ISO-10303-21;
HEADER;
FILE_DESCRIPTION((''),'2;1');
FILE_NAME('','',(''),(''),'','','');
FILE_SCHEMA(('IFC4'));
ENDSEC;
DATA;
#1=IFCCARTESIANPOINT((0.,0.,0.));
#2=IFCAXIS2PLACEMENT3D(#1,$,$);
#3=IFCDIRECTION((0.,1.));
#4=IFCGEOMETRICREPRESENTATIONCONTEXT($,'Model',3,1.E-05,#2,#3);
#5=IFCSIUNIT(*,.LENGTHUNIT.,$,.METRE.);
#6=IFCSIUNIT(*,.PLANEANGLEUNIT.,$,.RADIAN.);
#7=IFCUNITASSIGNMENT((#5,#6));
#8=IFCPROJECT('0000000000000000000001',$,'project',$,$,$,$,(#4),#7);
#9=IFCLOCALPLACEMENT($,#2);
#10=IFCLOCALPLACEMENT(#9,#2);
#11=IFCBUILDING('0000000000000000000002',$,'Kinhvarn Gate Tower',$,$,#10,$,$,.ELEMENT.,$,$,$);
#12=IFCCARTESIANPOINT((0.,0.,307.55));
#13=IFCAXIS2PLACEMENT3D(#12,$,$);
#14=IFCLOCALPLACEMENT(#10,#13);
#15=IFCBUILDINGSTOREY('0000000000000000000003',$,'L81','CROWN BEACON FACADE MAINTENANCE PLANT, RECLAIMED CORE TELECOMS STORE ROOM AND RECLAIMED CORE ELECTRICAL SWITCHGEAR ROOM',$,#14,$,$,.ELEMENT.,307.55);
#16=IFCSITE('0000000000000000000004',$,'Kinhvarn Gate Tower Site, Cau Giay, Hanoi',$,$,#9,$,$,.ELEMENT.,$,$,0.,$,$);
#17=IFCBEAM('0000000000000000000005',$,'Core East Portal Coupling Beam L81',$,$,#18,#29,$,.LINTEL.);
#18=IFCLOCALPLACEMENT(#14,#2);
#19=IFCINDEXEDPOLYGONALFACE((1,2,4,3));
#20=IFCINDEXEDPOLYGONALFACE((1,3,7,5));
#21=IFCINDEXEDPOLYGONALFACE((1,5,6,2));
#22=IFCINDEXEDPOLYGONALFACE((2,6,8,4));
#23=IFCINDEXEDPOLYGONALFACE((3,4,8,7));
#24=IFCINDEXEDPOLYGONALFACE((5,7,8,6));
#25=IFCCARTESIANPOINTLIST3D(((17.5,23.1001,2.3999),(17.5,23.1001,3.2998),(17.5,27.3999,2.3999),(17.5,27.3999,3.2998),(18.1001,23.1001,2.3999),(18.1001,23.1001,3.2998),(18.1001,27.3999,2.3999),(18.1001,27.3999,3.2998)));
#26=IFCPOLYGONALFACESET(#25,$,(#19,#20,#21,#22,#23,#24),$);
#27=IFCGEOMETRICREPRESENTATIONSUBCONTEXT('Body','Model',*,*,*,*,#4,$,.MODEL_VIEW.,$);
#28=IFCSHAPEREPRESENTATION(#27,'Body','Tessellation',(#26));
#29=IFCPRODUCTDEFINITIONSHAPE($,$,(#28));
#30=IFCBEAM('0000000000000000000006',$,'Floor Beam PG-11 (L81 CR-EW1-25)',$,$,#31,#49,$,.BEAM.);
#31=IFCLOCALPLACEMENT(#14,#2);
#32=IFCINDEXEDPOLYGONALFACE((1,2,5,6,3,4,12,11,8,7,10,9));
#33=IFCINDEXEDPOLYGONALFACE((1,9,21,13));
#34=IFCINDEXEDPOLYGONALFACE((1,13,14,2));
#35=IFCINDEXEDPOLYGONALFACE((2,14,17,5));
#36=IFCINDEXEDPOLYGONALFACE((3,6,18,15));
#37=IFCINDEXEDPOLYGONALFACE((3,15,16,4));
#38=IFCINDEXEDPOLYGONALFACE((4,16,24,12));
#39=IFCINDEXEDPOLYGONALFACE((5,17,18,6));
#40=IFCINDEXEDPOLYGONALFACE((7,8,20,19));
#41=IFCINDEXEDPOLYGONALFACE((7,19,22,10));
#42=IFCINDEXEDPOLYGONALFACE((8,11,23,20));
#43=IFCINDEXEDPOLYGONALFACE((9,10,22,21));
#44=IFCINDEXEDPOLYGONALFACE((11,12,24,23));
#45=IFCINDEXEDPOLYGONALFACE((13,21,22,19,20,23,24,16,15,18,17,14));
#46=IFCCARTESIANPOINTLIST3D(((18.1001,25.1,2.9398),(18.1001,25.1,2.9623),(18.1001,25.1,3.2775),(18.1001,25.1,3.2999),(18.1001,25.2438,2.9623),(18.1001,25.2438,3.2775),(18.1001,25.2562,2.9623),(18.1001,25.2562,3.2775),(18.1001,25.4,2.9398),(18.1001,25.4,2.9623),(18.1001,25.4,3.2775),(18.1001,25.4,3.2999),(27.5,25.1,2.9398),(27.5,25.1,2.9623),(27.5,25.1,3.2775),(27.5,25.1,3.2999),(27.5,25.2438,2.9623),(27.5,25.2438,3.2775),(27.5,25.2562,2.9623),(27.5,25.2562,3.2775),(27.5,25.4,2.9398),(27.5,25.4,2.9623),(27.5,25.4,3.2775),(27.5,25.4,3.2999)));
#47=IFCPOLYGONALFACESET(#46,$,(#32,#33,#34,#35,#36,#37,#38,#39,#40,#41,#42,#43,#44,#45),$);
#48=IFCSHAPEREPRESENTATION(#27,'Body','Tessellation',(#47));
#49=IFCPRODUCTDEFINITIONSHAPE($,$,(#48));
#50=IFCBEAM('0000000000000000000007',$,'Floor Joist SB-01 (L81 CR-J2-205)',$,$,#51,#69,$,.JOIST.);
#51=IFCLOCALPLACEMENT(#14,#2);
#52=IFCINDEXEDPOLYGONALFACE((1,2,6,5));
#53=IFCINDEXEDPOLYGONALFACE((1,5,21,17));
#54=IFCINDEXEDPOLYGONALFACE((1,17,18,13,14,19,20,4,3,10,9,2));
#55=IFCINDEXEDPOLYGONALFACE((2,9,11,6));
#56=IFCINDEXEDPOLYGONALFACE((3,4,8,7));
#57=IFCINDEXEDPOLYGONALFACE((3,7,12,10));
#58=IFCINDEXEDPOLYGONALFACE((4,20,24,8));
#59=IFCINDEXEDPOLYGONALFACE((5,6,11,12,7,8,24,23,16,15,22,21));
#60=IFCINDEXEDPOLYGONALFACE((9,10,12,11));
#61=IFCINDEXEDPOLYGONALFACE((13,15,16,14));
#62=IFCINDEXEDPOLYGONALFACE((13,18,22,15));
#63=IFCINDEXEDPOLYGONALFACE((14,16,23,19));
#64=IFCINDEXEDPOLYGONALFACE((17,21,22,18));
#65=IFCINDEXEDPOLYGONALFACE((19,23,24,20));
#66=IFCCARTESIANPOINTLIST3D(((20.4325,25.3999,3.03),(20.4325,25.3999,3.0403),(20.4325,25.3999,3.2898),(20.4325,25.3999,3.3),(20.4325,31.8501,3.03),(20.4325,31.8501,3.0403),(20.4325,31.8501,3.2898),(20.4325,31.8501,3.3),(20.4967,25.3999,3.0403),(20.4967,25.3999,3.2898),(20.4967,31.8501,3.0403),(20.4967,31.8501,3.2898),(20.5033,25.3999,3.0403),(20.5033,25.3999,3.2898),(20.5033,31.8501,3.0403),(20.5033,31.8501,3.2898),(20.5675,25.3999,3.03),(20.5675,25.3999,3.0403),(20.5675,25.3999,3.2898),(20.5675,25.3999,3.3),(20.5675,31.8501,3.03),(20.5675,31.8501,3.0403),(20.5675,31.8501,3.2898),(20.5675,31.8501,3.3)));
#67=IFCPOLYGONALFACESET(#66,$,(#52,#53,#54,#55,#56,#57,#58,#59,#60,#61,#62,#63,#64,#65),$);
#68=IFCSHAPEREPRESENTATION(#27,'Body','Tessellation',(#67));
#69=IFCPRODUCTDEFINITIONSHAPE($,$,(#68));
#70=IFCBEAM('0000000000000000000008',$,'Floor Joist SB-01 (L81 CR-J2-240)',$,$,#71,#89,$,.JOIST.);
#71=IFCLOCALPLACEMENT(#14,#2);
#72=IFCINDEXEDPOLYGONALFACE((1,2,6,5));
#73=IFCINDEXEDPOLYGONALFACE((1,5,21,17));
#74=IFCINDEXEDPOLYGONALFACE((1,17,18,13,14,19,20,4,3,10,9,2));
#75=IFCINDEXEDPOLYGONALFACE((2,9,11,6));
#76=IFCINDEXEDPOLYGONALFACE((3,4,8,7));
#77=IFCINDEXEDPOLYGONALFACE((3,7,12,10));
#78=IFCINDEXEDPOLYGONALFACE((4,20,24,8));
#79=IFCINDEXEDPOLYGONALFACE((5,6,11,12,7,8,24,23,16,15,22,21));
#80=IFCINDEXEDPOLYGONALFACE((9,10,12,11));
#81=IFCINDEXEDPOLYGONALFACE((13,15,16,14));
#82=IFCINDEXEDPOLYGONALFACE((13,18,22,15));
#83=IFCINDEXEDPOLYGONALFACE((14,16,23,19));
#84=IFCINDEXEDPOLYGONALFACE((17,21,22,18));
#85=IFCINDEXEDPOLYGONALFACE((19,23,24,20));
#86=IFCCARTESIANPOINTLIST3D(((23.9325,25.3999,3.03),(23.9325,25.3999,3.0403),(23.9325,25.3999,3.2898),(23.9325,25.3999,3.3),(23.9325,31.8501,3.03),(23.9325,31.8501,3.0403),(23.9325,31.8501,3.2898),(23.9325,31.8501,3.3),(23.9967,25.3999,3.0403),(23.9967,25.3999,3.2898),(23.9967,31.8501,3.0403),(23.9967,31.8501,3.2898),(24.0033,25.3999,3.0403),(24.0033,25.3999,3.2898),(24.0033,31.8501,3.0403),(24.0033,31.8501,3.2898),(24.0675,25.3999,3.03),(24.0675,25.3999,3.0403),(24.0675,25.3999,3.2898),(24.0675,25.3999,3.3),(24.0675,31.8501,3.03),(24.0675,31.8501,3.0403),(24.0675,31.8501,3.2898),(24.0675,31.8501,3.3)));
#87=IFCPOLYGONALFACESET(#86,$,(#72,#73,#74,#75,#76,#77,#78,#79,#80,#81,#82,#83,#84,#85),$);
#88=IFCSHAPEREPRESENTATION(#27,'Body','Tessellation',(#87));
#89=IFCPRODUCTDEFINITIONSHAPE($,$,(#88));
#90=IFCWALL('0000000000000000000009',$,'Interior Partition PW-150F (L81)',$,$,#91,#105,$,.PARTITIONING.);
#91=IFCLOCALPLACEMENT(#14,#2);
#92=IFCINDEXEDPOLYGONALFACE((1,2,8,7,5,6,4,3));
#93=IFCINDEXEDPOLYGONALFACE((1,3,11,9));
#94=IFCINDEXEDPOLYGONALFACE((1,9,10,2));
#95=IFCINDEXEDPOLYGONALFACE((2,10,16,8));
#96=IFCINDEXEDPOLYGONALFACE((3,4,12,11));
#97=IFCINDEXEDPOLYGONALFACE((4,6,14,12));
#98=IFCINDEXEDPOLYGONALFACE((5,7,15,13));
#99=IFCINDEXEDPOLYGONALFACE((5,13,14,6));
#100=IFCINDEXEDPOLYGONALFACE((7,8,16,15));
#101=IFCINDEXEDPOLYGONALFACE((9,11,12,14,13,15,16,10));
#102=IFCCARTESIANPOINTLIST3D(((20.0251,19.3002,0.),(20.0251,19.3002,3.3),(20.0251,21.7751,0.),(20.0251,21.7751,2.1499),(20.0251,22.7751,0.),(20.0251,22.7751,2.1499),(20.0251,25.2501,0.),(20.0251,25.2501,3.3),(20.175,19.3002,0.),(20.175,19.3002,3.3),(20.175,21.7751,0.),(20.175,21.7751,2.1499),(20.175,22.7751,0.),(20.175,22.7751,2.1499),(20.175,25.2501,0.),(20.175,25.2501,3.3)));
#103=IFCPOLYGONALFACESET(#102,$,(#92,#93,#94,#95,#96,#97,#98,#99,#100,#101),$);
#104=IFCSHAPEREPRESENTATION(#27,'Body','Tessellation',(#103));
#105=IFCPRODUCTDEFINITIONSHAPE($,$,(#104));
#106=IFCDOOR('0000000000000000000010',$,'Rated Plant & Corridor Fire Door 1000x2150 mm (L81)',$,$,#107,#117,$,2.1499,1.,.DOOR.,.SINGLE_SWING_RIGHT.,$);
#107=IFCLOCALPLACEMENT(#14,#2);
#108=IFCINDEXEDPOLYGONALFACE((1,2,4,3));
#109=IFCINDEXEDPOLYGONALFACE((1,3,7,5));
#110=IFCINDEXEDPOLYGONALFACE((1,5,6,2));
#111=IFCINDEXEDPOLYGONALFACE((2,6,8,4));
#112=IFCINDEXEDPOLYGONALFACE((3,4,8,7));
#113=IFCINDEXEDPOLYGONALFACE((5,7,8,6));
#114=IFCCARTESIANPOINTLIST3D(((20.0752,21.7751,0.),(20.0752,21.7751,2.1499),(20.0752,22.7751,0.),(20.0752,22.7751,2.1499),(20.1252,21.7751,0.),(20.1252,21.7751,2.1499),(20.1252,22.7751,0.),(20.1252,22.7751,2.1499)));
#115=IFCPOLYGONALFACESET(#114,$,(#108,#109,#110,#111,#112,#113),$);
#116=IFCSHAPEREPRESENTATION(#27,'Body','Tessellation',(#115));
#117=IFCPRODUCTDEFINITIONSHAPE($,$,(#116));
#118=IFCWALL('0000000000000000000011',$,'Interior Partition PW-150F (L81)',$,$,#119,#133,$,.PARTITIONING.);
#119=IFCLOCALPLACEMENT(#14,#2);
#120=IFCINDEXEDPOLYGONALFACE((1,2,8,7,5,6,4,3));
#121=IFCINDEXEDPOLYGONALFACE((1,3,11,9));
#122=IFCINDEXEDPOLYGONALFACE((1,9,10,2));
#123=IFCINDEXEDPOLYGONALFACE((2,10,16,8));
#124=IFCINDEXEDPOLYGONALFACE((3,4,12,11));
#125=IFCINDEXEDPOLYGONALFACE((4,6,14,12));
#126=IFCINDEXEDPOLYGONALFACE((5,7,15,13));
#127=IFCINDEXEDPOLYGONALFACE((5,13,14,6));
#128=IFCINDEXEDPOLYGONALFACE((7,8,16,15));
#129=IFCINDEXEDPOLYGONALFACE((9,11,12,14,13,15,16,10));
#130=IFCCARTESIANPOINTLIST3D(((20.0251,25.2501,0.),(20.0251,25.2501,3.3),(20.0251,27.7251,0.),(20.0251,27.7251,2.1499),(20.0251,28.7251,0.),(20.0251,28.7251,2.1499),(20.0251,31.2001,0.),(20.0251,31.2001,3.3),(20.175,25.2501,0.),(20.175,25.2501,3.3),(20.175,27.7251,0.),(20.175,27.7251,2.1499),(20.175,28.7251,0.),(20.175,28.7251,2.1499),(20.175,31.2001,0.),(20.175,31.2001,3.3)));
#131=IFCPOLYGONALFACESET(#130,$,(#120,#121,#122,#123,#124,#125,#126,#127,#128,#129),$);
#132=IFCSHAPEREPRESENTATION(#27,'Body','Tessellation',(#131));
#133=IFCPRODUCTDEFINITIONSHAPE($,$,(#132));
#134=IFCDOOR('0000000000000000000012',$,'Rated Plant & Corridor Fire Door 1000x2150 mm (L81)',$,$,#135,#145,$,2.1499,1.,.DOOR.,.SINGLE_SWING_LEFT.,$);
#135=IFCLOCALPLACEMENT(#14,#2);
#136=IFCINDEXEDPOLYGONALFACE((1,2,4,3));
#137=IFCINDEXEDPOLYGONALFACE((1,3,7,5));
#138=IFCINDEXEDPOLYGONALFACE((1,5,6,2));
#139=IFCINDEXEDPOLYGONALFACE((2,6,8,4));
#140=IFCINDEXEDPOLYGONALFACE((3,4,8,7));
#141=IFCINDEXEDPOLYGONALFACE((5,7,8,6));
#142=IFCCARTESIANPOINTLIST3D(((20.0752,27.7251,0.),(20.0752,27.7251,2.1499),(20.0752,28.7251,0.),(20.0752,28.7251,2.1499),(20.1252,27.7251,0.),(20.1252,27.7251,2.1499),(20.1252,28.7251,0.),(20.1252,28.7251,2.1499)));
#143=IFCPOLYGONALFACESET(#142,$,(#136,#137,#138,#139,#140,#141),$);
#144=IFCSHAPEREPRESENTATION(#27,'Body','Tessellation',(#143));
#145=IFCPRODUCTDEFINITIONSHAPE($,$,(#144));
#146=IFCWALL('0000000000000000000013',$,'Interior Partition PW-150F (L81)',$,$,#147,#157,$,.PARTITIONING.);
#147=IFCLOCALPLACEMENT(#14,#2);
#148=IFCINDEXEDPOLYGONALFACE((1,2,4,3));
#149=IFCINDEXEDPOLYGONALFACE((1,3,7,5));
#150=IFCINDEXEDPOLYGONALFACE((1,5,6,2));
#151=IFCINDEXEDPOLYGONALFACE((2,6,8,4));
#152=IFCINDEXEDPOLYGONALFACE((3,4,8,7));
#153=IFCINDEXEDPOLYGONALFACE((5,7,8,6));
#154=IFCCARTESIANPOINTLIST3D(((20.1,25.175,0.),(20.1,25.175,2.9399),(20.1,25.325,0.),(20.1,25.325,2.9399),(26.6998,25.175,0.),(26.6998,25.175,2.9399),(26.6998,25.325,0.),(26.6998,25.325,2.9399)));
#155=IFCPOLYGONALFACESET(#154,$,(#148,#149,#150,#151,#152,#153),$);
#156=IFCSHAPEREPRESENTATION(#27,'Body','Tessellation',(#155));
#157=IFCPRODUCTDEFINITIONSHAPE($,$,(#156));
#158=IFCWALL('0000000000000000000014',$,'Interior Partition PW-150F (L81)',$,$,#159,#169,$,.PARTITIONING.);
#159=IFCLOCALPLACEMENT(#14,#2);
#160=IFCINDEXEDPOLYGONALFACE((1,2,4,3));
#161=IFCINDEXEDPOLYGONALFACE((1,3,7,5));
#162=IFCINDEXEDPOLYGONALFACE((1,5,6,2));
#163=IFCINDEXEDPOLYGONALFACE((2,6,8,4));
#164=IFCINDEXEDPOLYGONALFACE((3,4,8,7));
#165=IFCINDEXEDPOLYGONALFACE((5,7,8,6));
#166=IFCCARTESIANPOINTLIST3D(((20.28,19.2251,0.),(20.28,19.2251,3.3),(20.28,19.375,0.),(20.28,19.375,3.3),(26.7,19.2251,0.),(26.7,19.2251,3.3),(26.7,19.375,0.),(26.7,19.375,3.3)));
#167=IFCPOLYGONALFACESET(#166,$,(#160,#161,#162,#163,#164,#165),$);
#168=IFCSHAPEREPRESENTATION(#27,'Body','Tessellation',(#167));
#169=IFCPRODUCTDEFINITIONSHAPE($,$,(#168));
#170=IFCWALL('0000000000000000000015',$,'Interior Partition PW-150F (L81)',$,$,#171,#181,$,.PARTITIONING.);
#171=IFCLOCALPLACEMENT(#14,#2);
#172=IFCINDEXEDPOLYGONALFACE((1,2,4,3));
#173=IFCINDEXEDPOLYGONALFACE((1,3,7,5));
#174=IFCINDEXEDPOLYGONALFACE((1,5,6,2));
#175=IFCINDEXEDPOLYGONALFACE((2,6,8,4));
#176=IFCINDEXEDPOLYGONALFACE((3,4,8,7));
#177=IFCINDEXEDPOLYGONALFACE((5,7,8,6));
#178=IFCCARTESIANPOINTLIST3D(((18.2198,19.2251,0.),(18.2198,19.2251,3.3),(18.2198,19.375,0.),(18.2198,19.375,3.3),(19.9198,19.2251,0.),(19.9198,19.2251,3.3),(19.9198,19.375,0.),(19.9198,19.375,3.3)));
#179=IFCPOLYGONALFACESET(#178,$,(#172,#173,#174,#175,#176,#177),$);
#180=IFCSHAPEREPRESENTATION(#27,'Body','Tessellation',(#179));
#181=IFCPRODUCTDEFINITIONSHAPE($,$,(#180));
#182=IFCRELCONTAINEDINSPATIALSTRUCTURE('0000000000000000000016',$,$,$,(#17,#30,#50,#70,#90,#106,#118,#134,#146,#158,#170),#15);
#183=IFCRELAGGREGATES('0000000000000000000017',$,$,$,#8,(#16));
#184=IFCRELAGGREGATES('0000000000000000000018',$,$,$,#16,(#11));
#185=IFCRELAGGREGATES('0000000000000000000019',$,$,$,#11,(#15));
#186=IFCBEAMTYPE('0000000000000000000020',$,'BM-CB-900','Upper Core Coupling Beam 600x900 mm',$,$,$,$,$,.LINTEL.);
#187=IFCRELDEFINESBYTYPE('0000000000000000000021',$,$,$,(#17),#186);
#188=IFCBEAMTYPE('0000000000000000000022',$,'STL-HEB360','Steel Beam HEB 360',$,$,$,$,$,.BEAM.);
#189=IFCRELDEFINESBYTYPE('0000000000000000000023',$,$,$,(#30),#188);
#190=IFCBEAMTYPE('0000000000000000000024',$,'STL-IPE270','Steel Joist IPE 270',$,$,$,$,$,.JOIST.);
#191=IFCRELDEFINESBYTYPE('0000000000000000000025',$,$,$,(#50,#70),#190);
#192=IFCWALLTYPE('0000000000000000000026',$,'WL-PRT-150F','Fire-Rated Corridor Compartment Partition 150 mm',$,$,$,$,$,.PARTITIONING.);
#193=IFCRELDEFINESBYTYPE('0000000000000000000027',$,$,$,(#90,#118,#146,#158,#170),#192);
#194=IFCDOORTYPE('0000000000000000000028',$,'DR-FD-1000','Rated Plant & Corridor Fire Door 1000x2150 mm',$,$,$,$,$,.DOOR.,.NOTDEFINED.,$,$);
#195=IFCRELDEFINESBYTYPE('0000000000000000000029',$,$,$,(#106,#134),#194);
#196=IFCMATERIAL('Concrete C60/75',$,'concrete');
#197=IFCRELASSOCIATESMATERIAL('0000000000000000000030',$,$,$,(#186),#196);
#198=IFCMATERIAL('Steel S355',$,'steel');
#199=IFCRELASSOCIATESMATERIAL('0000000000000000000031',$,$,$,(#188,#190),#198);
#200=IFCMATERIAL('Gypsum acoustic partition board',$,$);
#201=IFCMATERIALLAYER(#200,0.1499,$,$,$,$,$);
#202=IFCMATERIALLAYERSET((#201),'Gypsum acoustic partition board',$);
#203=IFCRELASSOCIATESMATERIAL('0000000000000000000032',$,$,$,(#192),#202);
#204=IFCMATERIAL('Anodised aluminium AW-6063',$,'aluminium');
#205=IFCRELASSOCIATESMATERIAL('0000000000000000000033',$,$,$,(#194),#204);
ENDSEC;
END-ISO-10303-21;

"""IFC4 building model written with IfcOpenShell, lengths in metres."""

from ifc_helpers import new_model, si_unit, direction, frame, frame_2d, origin, origin_2d, place, context, subcontext, project, spatial, rectangle, i_section, extrude, material, layer, layer_set, material_profile, profile_set, type_object, element, fill, save


model = new_model("IFC4")

# Units and contexts
model_context = context("Model", 3, precision=1e-05, world=origin(), true_north=direction((0.0, 1.0)))
body_context = subcontext(model_context, "Body", "Model", "MODEL_VIEW")
ifc_project = project(units=[si_unit("LENGTHUNIT", "METRE"), si_unit("PLANEANGLEUNIT", "RADIAN")], contexts=[model_context])

# Site, building, storey
site_placement = place(None, origin())
site = spatial("IfcSite", under=ifc_project, at=site_placement, Name="Kinhvarn Gate Tower Site, Cau Giay, Hanoi", CompositionType="ELEMENT", RefElevation=0.0)
building_placement = place(site_placement, origin())
building = spatial("IfcBuilding", under=site, at=building_placement, Name="Kinhvarn Gate Tower", CompositionType="ELEMENT")
storey_placement = place(building_placement, frame((0.0, 0.0, 307.55)))
storey = spatial("IfcBuildingStorey", under=building, at=storey_placement, Name="L81", Description="CROWN BEACON FACADE MAINTENANCE PLANT, RECLAIMED CORE TELECOMS STORE ROOM AND RECLAIMED CORE ELECTRICAL SWITCHGEAR ROOM", CompositionType="ELEMENT", Elevation=307.55)

# Beams
ifc_material_1 = material(Name="Concrete C60/75", Category="concrete")
ifc_material_profile_1 = material_profile(ifc_material_1, rectangle(XDim=0.6001, YDim=0.8999, at=origin_2d()), Name="RC 600x900")
ifc_profile_set_1 = profile_set([ifc_material_profile_1], Name="Concrete C60/75")
beam_type_1 = type_object("IfcBeamType", Name="BM-CB-900", Description="Upper Core Coupling Beam 600x900 mm", PredefinedType="LINTEL", material=ifc_profile_set_1)
beam_1_placement = place(storey_placement, frame((17.8, 23.1001, 2.8499), z_axis=(0.0, 1.0, 0.0), x_axis=(-1.0, 0.0, 0.0)))
element("IfcBeam", 1, at=beam_1_placement, inside=storey, type_object=beam_type_1, Name="Core East Portal Coupling Beam L81", PredefinedType="LINTEL", context=body_context, shape_type="SweptSolid", body=[
    extrude(rectangle(XDim=0.6001, YDim=0.8999, at=origin_2d()), origin(), (0.0, 0.0, 1.0), 4.2998),
])
ifc_material_2 = material(Name="Steel S355", Category="steel")
ifc_material_profile_2 = material_profile(ifc_material_2, i_section(OverallWidth=0.3, OverallDepth=0.3601, WebThickness=0.0125, FlangeThickness=0.0225, at=origin_2d()), Name="HEB 360")
ifc_profile_set_2 = profile_set([ifc_material_profile_2], Name="Steel S355")
beam_type_2 = type_object("IfcBeamType", Name="STL-HEB360", Description="Steel Beam HEB 360", PredefinedType="BEAM", material=ifc_profile_set_2)
beam_2_placement = place(storey_placement, frame((18.1001, 25.25, 3.1199), z_axis=(1.0, 0.0, 0.0), x_axis=(0.0, 1.0, 0.0)))
element("IfcBeam", 2, at=beam_2_placement, inside=storey, type_object=beam_type_2, Name="Floor Beam PG-11 (L81 CR-EW1-25)", PredefinedType="BEAM", context=body_context, shape_type="SweptSolid", body=[
    extrude(i_section(OverallWidth=0.3, OverallDepth=0.3601, WebThickness=0.0125, FlangeThickness=0.0225, at=origin_2d()), origin(), (0.0, 0.0, 1.0), 9.3999),
])
ifc_material_profile_3 = material_profile(ifc_material_2, i_section(OverallWidth=0.135, OverallDepth=0.27, WebThickness=0.0066, FlangeThickness=0.0103, at=origin_2d()), Name="IPE 270")
ifc_profile_set_3 = profile_set([ifc_material_profile_3], Name="Steel S355")
beam_type_3 = type_object("IfcBeamType", Name="STL-IPE270", Description="Steel Joist IPE 270", PredefinedType="JOIST", material=ifc_profile_set_3)
for number, where, z_axis, x_axis, name in (
    (3, (20.5, 25.3999, 3.165), (0.0, 1.0, 0.0), (-1.0, 0.0, 0.0), "Floor Joist SB-01 (L81 CR-J2-205)"),
    (4, (24.0, 25.3999, 3.165), (0.0, 1.0, 0.0), (-1.0, 0.0, 0.0), "Floor Joist SB-01 (L81 CR-J2-240)"),
):
    element("IfcBeam", number, at=place(storey_placement, frame(where, z_axis=z_axis, x_axis=x_axis)), inside=storey, type_object=beam_type_3, Name=name, PredefinedType="JOIST", context=body_context, shape_type="SweptSolid", body=[
        extrude(i_section(OverallWidth=0.135, OverallDepth=0.27, WebThickness=0.0066, FlangeThickness=0.0103, at=origin_2d()), origin(), (0.0, 0.0, 1.0), 6.4502),
    ])

# Walls, openings, doors
ifc_material_3 = material(Name="Anodised aluminium AW-6063", Category="aluminium")
ifc_material_4 = material(Name="Gypsum acoustic partition board")
ifc_layer_1 = layer(ifc_material_4, 0.1499)
ifc_layer_set_1 = layer_set([ifc_layer_1], Name="Gypsum acoustic partition board")
wall_type_1 = type_object("IfcWallType", Name="WL-PRT-150F", Description="Fire-Rated Corridor Compartment Partition 150 mm", PredefinedType="PARTITIONING", material=ifc_layer_set_1)
wall_1_placement = place(storey_placement, frame((20.1001, 19.3, 0.0), z_axis=(0.0, 0.0, 1.0), x_axis=(0.0, 1.0, 0.0)))
wall_1 = element("IfcWall", 5, at=wall_1_placement, inside=storey, type_object=wall_type_1, Name="Interior Partition PW-150F (L81)", PredefinedType="PARTITIONING", context=body_context, shape_type="SweptSolid", body=[
    extrude(rectangle(XDim=5.95, YDim=0.1499, at=frame_2d((2.9751, 0.0))), origin(), (0.0, 0.0, 1.0), 3.3),
])
opening_1_placement = place(wall_1_placement, frame((2.4751, 0.0, 0.0)))
opening_1 = element("IfcOpeningElement", 6, at=opening_1_placement, cuts=wall_1, PredefinedType="OPENING", context=body_context, shape_type="SweptSolid", body=[
    extrude(rectangle(XDim=1.0, YDim=2.1499, at=frame_2d((0.5, 1.075))), frame((0.0, 0.085, 0.0), z_axis=(0.0, -1.0, 0.0), x_axis=(1.0, 0.0, 0.0)), (0.0, 0.0, 1.0), 0.1699),
])
door_type_1 = type_object("IfcDoorType", Name="DR-FD-1000", Description="Rated Plant & Corridor Fire Door 1000x2150 mm", OperationType="NOTDEFINED", PredefinedType="DOOR", material=ifc_material_3)
door_1_placement = place(opening_1_placement, origin())
door_1 = element("IfcDoor", 7, at=door_1_placement, inside=storey, type_object=door_type_1, Name="Rated Plant & Corridor Fire Door 1000x2150 mm (L81)", OperationType="SINGLE_SWING_RIGHT", OverallHeight=2.1499, OverallWidth=1.0, PredefinedType="DOOR", context=body_context, shape_type="SweptSolid", body=[
    extrude(rectangle(XDim=1.0, YDim=2.1499, at=frame_2d((0.5, 1.075))), frame((0.0, 0.0249, 0.0), z_axis=(0.0, -1.0, 0.0), x_axis=(1.0, 0.0, 0.0)), (0.0, 0.0, 1.0), 0.05),
])
fill(opening_1, door_1)
wall_2_placement = place(storey_placement, frame((20.1001, 25.25, 0.0), z_axis=(0.0, 0.0, 1.0), x_axis=(0.0, 1.0, 0.0)))
wall_2 = element("IfcWall", 8, at=wall_2_placement, inside=storey, type_object=wall_type_1, Name="Interior Partition PW-150F (L81)", PredefinedType="PARTITIONING", context=body_context, shape_type="SweptSolid", body=[
    extrude(rectangle(XDim=5.95, YDim=0.1499, at=frame_2d((2.9751, 0.0))), origin(), (0.0, 0.0, 1.0), 3.3),
])
opening_2_placement = place(wall_2_placement, frame((2.4751, 0.0, 0.0)))
opening_2 = element("IfcOpeningElement", 9, at=opening_2_placement, cuts=wall_2, PredefinedType="OPENING", context=body_context, shape_type="SweptSolid", body=[
    extrude(rectangle(XDim=1.0, YDim=2.1499, at=frame_2d((0.5, 1.075))), frame((0.0, 0.085, 0.0), z_axis=(0.0, -1.0, 0.0), x_axis=(1.0, 0.0, 0.0)), (0.0, 0.0, 1.0), 0.1699),
])
door_2_placement = place(opening_2_placement, origin())
door_2 = element("IfcDoor", 10, at=door_2_placement, inside=storey, type_object=door_type_1, Name="Rated Plant & Corridor Fire Door 1000x2150 mm (L81)", OperationType="SINGLE_SWING_LEFT", OverallHeight=2.1499, OverallWidth=1.0, PredefinedType="DOOR", context=body_context, shape_type="SweptSolid", body=[
    extrude(rectangle(XDim=1.0, YDim=2.1499, at=frame_2d((0.5, 1.075))), frame((0.0, 0.0249, 0.0), z_axis=(0.0, -1.0, 0.0), x_axis=(1.0, 0.0, 0.0)), (0.0, 0.0, 1.0), 0.05),
])
fill(opening_2, door_2)

# Walls
wall_3_placement = place(storey_placement, frame((20.1001, 25.25, 0.0), z_axis=(0.0, 0.0, 1.0), x_axis=(1.0, 0.0, 0.0)))
element("IfcWall", 11, at=wall_3_placement, inside=storey, type_object=wall_type_1, Name="Interior Partition PW-150F (L81)", PredefinedType="PARTITIONING", context=body_context, shape_type="SweptSolid", body=[
    extrude(rectangle(XDim=6.5999, YDim=0.1499, at=frame_2d((3.2998, 0.0))), origin(), (0.0, 0.0, 1.0), 2.9399),
])
wall_4_placement = place(storey_placement, frame((26.7, 19.3, 0.0), z_axis=(0.0, 0.0, 1.0), x_axis=(-1.0, 0.0, 0.0)))
element("IfcWall", 12, at=wall_4_placement, inside=storey, type_object=wall_type_1, Name="Interior Partition PW-150F (L81)", PredefinedType="PARTITIONING", context=body_context, shape_type="SweptSolid", body=[
    extrude(rectangle(XDim=6.4199, YDim=0.1499, at=frame_2d((3.21, 0.0))), origin(), (0.0, 0.0, 1.0), 3.3),
])
for number, where, z_axis, x_axis, name in (
    (13, (19.9199, 19.3, 0.0), (0.0, 0.0, 1.0), (-1.0, 0.0, 0.0), "Interior Partition PW-150F (L81)"),
):
    element("IfcWall", number, at=place(storey_placement, frame(where, z_axis=z_axis, x_axis=x_axis)), inside=storey, type_object=wall_type_1, Name=name, PredefinedType="PARTITIONING", context=body_context, shape_type="SweptSolid", body=[
        extrude(rectangle(XDim=1.7, YDim=0.1499, at=frame_2d((0.8501, 0.0))), origin(), (0.0, 0.0, 1.0), 3.3),
    ])

save(model, "model.ifc")
